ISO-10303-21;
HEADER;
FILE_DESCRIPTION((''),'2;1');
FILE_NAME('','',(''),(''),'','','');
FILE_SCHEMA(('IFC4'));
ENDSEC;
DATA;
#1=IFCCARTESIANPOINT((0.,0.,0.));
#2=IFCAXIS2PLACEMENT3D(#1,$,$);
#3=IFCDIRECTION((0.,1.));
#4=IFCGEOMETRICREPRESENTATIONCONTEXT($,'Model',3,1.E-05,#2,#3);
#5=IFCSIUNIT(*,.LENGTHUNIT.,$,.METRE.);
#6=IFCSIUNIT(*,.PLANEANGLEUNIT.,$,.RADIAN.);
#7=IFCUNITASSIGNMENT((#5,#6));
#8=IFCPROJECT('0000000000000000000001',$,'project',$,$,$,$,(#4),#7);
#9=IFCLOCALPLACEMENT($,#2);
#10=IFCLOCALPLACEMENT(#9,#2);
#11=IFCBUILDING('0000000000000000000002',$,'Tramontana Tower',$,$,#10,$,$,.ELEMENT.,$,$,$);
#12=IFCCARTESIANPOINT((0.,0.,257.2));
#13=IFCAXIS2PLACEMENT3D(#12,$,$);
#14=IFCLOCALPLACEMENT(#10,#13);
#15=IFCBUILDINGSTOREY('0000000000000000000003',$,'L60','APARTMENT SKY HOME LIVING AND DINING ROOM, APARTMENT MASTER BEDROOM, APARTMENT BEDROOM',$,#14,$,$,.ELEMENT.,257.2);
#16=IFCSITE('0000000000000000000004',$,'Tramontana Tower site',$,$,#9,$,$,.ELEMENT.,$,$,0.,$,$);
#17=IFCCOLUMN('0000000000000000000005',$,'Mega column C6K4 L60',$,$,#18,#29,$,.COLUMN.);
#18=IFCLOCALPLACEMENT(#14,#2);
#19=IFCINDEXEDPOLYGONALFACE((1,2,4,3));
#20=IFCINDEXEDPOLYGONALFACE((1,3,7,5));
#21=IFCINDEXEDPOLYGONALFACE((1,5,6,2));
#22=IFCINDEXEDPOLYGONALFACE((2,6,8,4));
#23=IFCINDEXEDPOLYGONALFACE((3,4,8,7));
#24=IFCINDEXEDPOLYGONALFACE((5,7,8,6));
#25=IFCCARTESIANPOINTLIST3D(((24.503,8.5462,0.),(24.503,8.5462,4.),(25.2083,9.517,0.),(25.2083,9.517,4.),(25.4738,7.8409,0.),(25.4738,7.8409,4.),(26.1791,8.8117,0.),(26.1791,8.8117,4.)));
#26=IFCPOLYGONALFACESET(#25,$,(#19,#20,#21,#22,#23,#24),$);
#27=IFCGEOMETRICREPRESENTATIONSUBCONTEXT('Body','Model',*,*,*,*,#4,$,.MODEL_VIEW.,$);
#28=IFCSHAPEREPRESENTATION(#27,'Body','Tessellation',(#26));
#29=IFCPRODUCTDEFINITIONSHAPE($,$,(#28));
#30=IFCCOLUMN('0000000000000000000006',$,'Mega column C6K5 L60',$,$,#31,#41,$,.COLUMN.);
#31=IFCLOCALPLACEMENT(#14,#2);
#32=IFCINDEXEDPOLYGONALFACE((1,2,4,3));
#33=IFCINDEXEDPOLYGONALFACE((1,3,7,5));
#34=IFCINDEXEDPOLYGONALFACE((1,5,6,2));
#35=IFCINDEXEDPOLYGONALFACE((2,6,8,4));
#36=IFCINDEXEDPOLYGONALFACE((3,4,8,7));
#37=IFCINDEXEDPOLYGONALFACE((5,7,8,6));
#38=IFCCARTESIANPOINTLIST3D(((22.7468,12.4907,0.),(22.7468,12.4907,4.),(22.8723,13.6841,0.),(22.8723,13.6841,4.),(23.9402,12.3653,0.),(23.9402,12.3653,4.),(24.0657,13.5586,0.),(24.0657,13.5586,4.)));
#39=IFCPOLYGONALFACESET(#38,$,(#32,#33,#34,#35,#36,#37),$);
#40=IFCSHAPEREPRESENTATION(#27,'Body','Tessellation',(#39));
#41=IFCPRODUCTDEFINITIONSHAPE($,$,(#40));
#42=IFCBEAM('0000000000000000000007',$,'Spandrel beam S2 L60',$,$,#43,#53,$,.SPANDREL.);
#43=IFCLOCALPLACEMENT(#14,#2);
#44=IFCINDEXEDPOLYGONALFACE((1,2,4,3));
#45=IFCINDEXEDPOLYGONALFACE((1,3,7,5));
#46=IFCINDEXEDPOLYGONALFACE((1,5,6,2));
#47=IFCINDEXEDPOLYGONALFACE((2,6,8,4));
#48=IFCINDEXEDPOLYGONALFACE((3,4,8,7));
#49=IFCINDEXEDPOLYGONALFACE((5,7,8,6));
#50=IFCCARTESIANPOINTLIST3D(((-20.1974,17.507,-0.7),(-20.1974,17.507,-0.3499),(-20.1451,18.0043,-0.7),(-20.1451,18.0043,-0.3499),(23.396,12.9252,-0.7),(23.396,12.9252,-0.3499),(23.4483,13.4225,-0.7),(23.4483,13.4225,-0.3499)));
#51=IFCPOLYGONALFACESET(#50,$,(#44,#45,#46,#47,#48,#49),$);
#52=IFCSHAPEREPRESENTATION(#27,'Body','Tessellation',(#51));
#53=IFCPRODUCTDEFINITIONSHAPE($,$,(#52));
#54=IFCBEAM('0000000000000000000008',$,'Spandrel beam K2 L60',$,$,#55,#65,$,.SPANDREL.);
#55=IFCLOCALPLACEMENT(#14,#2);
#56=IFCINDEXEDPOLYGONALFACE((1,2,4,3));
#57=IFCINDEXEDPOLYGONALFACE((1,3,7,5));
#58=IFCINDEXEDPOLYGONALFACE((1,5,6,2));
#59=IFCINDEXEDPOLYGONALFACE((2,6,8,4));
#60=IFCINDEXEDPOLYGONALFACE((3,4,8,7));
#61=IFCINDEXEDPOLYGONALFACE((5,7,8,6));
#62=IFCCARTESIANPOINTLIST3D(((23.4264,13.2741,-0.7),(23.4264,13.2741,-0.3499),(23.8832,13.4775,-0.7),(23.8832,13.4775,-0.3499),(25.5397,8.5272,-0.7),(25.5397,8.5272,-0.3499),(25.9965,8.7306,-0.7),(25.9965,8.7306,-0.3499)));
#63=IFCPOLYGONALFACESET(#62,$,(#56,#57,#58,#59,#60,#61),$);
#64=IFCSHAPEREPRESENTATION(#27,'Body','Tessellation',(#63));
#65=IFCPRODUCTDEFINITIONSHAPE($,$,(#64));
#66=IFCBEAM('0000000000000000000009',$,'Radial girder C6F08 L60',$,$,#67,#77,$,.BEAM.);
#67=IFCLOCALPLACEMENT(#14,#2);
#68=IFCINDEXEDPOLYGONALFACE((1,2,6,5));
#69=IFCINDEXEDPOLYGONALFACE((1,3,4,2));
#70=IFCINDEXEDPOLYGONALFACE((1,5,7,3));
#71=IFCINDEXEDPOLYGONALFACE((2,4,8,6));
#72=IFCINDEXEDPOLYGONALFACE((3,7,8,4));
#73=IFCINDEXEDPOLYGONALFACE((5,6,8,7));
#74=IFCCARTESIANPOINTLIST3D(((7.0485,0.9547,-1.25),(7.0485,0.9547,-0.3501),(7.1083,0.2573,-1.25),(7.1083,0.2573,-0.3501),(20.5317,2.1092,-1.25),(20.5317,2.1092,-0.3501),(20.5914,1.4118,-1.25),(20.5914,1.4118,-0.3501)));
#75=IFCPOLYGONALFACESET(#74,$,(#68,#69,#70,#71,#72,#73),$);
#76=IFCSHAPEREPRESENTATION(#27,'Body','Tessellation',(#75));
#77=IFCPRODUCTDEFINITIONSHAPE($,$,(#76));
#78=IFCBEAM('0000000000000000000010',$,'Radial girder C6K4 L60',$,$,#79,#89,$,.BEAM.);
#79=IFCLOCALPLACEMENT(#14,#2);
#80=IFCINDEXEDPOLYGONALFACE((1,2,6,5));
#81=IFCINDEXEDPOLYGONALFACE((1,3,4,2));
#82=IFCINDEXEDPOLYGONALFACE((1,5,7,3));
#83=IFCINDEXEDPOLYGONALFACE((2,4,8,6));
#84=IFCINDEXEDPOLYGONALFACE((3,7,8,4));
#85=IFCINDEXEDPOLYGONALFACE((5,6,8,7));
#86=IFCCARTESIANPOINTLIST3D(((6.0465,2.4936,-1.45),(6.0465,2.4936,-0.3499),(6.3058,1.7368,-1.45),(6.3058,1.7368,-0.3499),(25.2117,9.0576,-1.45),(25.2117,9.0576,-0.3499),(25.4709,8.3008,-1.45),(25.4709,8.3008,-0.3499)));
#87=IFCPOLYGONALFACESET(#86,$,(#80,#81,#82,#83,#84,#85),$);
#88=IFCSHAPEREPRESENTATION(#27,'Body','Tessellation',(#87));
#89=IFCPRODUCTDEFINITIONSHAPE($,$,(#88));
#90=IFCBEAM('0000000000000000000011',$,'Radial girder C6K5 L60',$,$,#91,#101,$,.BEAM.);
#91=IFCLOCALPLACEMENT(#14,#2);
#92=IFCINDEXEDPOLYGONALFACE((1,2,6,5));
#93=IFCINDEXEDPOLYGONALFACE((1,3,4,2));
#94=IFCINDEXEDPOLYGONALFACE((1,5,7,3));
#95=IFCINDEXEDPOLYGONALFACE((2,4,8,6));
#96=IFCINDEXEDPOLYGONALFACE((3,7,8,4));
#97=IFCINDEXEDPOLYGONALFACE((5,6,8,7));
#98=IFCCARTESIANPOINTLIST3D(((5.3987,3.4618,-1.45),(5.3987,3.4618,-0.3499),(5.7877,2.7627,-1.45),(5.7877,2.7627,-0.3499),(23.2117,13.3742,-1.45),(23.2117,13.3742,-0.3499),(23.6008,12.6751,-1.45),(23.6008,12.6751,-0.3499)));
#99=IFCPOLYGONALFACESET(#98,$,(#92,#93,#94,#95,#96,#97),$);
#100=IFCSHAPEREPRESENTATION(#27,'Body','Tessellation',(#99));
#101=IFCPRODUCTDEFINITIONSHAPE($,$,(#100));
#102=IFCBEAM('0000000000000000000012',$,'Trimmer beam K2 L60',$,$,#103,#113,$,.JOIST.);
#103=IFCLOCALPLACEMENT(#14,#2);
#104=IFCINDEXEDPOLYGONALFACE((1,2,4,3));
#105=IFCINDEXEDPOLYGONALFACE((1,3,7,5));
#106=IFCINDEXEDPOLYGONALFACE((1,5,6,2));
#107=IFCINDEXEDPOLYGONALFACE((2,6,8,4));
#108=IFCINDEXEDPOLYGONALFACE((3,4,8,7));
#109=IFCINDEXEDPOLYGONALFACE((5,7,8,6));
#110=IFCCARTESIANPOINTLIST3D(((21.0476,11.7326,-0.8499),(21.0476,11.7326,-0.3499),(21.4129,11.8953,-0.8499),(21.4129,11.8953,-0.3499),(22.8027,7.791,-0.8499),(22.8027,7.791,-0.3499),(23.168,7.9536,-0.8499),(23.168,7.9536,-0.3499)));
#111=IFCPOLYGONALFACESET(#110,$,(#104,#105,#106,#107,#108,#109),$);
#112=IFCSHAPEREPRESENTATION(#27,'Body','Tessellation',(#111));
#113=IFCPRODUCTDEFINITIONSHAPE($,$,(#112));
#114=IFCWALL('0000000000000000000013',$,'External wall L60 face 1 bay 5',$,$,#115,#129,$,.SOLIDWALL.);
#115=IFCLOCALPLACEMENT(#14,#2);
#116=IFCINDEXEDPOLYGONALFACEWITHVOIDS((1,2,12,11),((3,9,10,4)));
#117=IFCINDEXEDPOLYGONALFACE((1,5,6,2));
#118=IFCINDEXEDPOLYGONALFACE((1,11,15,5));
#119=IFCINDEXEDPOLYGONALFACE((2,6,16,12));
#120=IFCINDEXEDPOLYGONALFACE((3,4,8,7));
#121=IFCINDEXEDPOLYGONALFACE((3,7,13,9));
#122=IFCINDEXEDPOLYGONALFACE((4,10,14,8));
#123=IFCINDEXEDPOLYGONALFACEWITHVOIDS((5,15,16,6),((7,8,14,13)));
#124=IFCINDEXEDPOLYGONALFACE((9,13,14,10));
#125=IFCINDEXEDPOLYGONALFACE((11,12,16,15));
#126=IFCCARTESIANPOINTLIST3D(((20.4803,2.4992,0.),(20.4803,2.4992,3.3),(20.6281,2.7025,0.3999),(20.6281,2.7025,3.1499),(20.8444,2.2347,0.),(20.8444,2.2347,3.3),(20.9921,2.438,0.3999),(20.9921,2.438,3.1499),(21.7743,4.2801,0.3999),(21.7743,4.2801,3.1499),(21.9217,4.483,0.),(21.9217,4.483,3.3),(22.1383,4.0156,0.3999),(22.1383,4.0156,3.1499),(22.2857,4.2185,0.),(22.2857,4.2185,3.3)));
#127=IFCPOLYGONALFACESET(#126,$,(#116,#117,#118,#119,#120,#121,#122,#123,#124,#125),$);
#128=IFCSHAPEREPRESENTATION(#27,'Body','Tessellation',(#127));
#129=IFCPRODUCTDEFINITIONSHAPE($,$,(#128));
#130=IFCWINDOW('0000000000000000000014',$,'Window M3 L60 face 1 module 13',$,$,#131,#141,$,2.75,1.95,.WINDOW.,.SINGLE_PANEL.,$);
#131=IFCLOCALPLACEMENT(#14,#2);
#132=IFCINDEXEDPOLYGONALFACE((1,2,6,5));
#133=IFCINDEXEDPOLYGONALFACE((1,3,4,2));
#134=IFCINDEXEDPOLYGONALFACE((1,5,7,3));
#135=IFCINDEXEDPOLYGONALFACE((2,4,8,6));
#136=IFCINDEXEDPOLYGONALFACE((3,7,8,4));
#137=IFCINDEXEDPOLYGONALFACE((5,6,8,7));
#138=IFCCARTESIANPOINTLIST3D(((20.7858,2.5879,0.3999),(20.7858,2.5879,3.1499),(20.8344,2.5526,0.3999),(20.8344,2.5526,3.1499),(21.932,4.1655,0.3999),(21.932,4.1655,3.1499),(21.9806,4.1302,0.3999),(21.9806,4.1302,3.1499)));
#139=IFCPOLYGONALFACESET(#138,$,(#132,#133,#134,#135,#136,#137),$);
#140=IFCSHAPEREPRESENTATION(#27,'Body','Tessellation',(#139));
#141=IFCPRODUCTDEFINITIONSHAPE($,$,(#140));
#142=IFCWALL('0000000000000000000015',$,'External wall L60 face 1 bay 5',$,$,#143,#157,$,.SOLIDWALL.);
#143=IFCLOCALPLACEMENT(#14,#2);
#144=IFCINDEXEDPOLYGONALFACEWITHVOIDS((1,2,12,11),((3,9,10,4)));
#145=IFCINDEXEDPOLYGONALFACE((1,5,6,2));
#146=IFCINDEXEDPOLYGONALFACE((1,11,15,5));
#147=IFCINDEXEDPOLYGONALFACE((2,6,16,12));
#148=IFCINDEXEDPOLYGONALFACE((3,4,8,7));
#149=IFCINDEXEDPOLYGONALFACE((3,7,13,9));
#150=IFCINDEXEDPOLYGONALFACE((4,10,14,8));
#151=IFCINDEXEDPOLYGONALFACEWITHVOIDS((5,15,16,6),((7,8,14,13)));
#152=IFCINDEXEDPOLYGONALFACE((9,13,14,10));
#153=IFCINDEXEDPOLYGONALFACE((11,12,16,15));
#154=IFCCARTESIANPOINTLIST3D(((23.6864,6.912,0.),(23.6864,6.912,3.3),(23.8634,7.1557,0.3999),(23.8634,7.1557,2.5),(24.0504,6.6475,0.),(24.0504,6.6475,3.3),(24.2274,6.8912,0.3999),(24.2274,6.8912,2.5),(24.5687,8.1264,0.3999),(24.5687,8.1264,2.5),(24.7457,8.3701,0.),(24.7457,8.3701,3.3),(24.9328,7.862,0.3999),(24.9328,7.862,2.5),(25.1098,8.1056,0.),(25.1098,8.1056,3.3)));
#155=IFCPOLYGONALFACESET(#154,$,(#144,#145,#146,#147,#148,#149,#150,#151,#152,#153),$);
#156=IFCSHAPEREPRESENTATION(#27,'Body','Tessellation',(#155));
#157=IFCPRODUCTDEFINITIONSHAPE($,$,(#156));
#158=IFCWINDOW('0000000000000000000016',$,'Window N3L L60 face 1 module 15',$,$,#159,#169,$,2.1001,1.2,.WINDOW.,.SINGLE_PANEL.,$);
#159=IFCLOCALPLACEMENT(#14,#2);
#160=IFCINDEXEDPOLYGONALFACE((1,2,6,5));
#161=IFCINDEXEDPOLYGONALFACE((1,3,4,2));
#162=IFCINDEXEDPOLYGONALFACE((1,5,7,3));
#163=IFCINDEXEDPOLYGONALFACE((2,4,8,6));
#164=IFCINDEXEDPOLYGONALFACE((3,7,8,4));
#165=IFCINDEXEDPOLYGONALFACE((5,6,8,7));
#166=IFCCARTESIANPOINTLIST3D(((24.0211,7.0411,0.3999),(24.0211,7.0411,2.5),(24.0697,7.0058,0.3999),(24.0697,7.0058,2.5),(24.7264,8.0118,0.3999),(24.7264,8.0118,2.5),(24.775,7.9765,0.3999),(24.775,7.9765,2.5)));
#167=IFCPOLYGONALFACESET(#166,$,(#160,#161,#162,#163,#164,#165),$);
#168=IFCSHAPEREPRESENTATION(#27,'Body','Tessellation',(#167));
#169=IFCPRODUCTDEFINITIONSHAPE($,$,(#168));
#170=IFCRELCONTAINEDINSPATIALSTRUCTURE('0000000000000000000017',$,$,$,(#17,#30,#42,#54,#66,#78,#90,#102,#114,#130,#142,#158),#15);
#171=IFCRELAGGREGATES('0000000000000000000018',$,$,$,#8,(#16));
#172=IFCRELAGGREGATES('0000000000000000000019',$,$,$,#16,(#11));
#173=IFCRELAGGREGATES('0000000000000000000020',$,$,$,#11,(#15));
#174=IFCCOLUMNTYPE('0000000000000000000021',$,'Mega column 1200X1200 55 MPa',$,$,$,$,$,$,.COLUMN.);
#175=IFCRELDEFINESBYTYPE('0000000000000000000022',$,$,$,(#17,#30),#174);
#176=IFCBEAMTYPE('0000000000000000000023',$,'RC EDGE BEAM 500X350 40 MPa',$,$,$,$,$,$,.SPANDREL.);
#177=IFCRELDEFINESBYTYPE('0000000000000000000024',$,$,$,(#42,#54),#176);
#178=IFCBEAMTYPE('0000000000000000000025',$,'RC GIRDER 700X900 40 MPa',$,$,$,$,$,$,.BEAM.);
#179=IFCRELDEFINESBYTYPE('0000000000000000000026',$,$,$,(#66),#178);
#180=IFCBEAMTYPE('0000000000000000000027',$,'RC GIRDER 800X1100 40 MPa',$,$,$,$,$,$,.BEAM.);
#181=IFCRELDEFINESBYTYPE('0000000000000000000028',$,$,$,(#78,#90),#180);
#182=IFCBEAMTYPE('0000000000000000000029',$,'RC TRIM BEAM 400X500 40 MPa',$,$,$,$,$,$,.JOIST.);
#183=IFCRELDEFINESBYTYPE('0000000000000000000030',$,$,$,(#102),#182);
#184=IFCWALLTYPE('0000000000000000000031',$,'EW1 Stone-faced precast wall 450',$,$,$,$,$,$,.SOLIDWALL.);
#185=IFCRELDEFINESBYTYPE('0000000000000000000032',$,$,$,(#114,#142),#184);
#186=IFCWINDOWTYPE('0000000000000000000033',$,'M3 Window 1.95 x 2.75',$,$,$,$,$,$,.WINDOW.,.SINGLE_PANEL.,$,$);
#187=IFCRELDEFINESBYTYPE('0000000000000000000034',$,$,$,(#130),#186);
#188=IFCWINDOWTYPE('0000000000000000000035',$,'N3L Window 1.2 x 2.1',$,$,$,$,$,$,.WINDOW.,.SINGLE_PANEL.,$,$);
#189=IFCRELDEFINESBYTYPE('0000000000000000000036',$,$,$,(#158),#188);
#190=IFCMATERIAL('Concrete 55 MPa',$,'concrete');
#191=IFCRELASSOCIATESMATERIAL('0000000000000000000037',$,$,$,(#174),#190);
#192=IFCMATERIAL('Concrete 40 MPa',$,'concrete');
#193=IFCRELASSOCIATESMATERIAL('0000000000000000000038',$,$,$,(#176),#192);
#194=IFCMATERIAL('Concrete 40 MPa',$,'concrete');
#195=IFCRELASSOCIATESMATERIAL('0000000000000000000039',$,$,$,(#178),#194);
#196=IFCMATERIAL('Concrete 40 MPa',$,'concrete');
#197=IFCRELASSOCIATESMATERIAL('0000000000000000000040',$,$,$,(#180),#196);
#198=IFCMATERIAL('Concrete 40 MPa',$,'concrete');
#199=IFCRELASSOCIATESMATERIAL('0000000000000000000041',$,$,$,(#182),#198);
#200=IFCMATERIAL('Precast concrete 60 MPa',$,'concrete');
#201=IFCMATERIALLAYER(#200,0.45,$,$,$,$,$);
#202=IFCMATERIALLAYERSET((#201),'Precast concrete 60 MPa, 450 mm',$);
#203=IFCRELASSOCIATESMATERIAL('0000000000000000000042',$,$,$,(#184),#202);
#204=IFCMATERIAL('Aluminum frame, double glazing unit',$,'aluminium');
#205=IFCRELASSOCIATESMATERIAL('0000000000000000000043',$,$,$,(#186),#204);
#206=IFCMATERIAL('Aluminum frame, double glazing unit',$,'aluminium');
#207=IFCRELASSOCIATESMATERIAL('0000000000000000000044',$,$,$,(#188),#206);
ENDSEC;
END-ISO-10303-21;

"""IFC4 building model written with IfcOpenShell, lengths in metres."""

from ifc_helpers import new_model, si_unit, direction, frame, frame_2d, origin, origin_2d, place, context, subcontext, project, spatial, rectangle, extrude, material, layer, layer_set, material_profile, profile_set, type_object, element, fill, save


model = new_model("IFC4")

# Units and contexts
model_context = context("Model", 3, precision=1e-05, world=origin(), true_north=direction((0.0, 1.0)))
body_context = subcontext(model_context, "Body", "Model", "MODEL_VIEW")
ifc_project = project(units=[si_unit("LENGTHUNIT", "METRE"), si_unit("PLANEANGLEUNIT", "RADIAN")], contexts=[model_context])

# Site, building, storey
site_placement = place(None, origin())
site = spatial("IfcSite", under=ifc_project, at=site_placement, Name="Tramontana Tower site", CompositionType="ELEMENT", RefElevation=0.0)
building_placement = place(site_placement, origin())
building = spatial("IfcBuilding", under=site, at=building_placement, Name="Tramontana Tower", CompositionType="ELEMENT")
storey_placement = place(building_placement, frame((0.0, 0.0, 257.2)))
storey = spatial("IfcBuildingStorey", under=building, at=storey_placement, Name="L60", Description="APARTMENT SKY HOME LIVING AND DINING ROOM, APARTMENT MASTER BEDROOM, APARTMENT BEDROOM", CompositionType="ELEMENT", Elevation=257.2)

# Columns
ifc_material_1 = material(Name="Concrete 55 MPa", Category="concrete")
ifc_material_profile_1 = material_profile(ifc_material_1, rectangle(XDim=1.2, YDim=1.2, at=origin_2d()), Name="Mega column 1200X1200 55 MPa")
ifc_profile_set_1 = profile_set([ifc_material_profile_1], Name="Concrete 55 MPa")
column_type = type_object("IfcColumnType", Name="Mega column 1200X1200 55 MPa", PredefinedType="COLUMN", material=ifc_profile_set_1)
for number, where, z_axis, x_axis, name in (
    (1, (25.3411, 8.679, 0.0), (0.0, 0.0, 1.0), (0.587785, 0.809017, 0.0), "Mega column C6K4 L60"),
    (2, (23.4062, 13.0247, 0.0), (0.0, 0.0, 1.0), (-0.994522, 0.104528, 0.0), "Mega column C6K5 L60"),
):
    element("IfcColumn", number, at=place(storey_placement, frame(where, z_axis=z_axis, x_axis=x_axis)), inside=storey, type_object=column_type, Name=name, PredefinedType="COLUMN", context=body_context, shape_type="SweptSolid", body=[
        extrude(rectangle(XDim=1.2, YDim=1.2, at=origin_2d()), origin(), (0.0, 0.0, 1.0), 4.0),
    ])

# Beams
ifc_material_2 = material(Name="Concrete 40 MPa", Category="concrete")
ifc_material_profile_2 = material_profile(ifc_material_2, rectangle(XDim=0.5, YDim=0.3501, at=origin_2d()), Name="RC EDGE BEAM 500X350 40 MPa")
ifc_profile_set_2 = profile_set([ifc_material_profile_2], Name="Concrete 40 MPa")
beam_type_1 = type_object("IfcBeamType", Name="RC EDGE BEAM 500X350 40 MPa", PredefinedType="SPANDREL", material=ifc_profile_set_2)
beam_1_placement = place(storey_placement, frame((23.4221, 13.1738, -0.5249), z_axis=(-0.994522, 0.104527, 0.0), x_axis=(-0.104527, -0.994522, 0.0)))
element("IfcBeam", 3, at=beam_1_placement, inside=storey, type_object=beam_type_1, Name="Spandrel beam S2 L60", PredefinedType="SPANDREL", context=body_context, shape_type="SweptSolid", body=[
    extrude(rectangle(XDim=0.5, YDim=0.3501, at=origin_2d()), origin(), (0.0, 0.0, 1.0), 43.8335),
])
beam_2_placement = place(storey_placement, frame((25.7681, 8.6289, -0.5249), z_axis=(-0.406714, 0.913556, 0.0), x_axis=(-0.913556, -0.406714, 0.0)))
element("IfcBeam", 4, at=beam_2_placement, inside=storey, type_object=beam_type_1, Name="Spandrel beam K2 L60", PredefinedType="SPANDREL", context=body_context, shape_type="SweptSolid", body=[
    extrude(rectangle(XDim=0.5, YDim=0.3501, at=origin_2d()), origin(), (0.0, 0.0, 1.0), 5.196),
])
ifc_material_3 = material(Name="Concrete 40 MPa", Category="concrete")
ifc_material_profile_3 = material_profile(ifc_material_3, rectangle(XDim=0.7, YDim=0.8999, at=origin_2d()), Name="RC GIRDER 700X900 40 MPa")
ifc_profile_set_3 = profile_set([ifc_material_profile_3], Name="Concrete 40 MPa")
beam_type_2 = type_object("IfcBeamType", Name="RC GIRDER 700X900 40 MPa", PredefinedType="BEAM", material=ifc_profile_set_3)
beam_3_placement = place(storey_placement, frame((20.5615, 1.7605, -0.8), z_axis=(-0.996354, -0.085316, 0.0), x_axis=(0.085316, -0.996354, 0.0)))
element("IfcBeam", 5, at=beam_3_placement, inside=storey, type_object=beam_type_2, Name="Radial girder C6F08 L60", PredefinedType="BEAM", context=body_context, shape_type="SweptSolid", body=[
    extrude(rectangle(XDim=0.7, YDim=0.8999, at=origin_2d()), origin(), (0.0, 0.0, 1.0), 13.5325),
])
ifc_material_4 = material(Name="Concrete 40 MPa", Category="concrete")
ifc_material_profile_4 = material_profile(ifc_material_4, rectangle(XDim=0.8, YDim=1.1001, at=origin_2d()), Name="RC GIRDER 800X1100 40 MPa")
ifc_profile_set_4 = profile_set([ifc_material_profile_4], Name="Concrete 40 MPa")
beam_type_3 = type_object("IfcBeamType", Name="RC GIRDER 800X1100 40 MPa", PredefinedType="BEAM", material=ifc_profile_set_4)
beam_4_placement = place(storey_placement, frame((25.3413, 8.6792, -0.8999), z_axis=(-0.94605, -0.324019, 0.0), x_axis=(0.324019, -0.94605, 0.0)))
element("IfcBeam", 6, at=beam_4_placement, inside=storey, type_object=beam_type_3, Name="Radial girder C6K4 L60", PredefinedType="BEAM", context=body_context, shape_type="SweptSolid", body=[
    extrude(rectangle(XDim=0.8, YDim=1.1001, at=origin_2d()), origin(), (0.0, 0.0, 1.0), 20.2581),
])
beam_5_placement = place(storey_placement, frame((23.4062, 13.0247, -0.8999), z_axis=(-0.873819, -0.486252, 0.0), x_axis=(0.486252, -0.873819, 0.0)))
element("IfcBeam", 7, at=beam_5_placement, inside=storey, type_object=beam_type_3, Name="Radial girder C6K5 L60", PredefinedType="BEAM", context=body_context, shape_type="SweptSolid", body=[
    extrude(rectangle(XDim=0.8, YDim=1.1001, at=origin_2d()), origin(), (0.0, 0.0, 1.0), 20.3853),
])
ifc_material_5 = material(Name="Concrete 40 MPa", Category="concrete")
ifc_material_profile_5 = material_profile(ifc_material_5, rectangle(XDim=0.3999, YDim=0.5, at=origin_2d()), Name="RC TRIM BEAM 400X500 40 MPa")
ifc_profile_set_5 = profile_set([ifc_material_profile_5], Name="Concrete 40 MPa")
beam_type_4 = type_object("IfcBeamType", Name="RC TRIM BEAM 400X500 40 MPa", PredefinedType="JOIST", material=ifc_profile_set_5)
beam_6_placement = place(storey_placement, frame((22.9854, 7.8723, -0.5999), z_axis=(-0.406774, 0.913529, 0.0), x_axis=(-0.913529, -0.406774, 0.0)))
element("IfcBeam", 8, at=beam_6_placement, inside=storey, type_object=beam_type_4, Name="Trimmer beam K2 L60", PredefinedType="JOIST", context=body_context, shape_type="SweptSolid", body=[
    extrude(rectangle(XDim=0.3999, YDim=0.5, at=origin_2d()), origin(), (0.0, 0.0, 1.0), 4.3147),
])

# Walls, openings, windows
ifc_material_6 = material(Name="Precast concrete 60 MPa", Category="concrete")
ifc_layer_1 = layer(ifc_material_6, 0.45)
ifc_layer_set_1 = layer_set([ifc_layer_1], Name="Precast concrete 60 MPa, 450 mm")
wall_type_1 = type_object("IfcWallType", Name="EW1 Stone-faced precast wall 450", PredefinedType="SOLIDWALL", material=ifc_layer_set_1)
wall_1_placement = place(storey_placement, frame((20.6624, 2.3669, 0.0), z_axis=(0.0, 0.0, 1.0), x_axis=(0.587793, 0.809012, 0.0)))
wall_1 = element("IfcWall", 9, at=wall_1_placement, inside=storey, type_object=wall_type_1, Name="External wall L60 face 1 bay 5", PredefinedType="SOLIDWALL", context=body_context, shape_type="SweptSolid", body=[
    extrude(rectangle(XDim=2.4521, YDim=0.45, at=frame_2d((1.2261, 0.0))), origin(), (0.0, 0.0, 1.0), 3.3),
])
opening_1_placement = place(wall_1_placement, frame((0.2512, 0.0, 0.3999)))
opening_1 = element("IfcOpeningElement", 10, at=opening_1_placement, cuts=wall_1, PredefinedType="OPENING", context=body_context, shape_type="SweptSolid", body=[
    extrude(rectangle(XDim=1.95, YDim=2.75, at=frame_2d((0.9751, 1.375))), frame((0.0, 0.2349, 0.0), z_axis=(0.0, -1.0, 0.0), x_axis=(1.0, 0.0, 0.0)), (0.0, 0.0, 1.0), 0.47),
])
ifc_material_7 = material(Name="Aluminum frame, double glazing unit", Category="aluminium")
window_type_1 = type_object("IfcWindowType", Name="M3 Window 1.95 x 2.75", PartitioningType="SINGLE_PANEL", PredefinedType="WINDOW", material=ifc_material_7)
window_1_placement = place(opening_1_placement, origin())
window_1 = element("IfcWindow", 11, at=window_1_placement, inside=storey, type_object=window_type_1, Name="Window M3 L60 face 1 module 13", OverallHeight=2.75, OverallWidth=1.95, PartitioningType="SINGLE_PANEL", PredefinedType="WINDOW", context=body_context, shape_type="SweptSolid", body=[
    extrude(rectangle(XDim=1.95, YDim=2.75, at=frame_2d((0.9751, 1.375))), frame((0.0, 0.03, 0.0), z_axis=(0.0, -1.0, 0.0), x_axis=(1.0, 0.0, 0.0)), (0.0, 0.0, 1.0), 0.0601),
])
fill(opening_1, window_1)
wall_2_placement = place(storey_placement, frame((23.8684, 6.7798, 0.0), z_axis=(0.0, 0.0, 1.0), x_axis=(0.587793, 0.809011, 0.0)))
wall_2 = element("IfcWall", 12, at=wall_2_placement, inside=storey, type_object=wall_type_1, Name="External wall L60 face 1 bay 5", PredefinedType="SOLIDWALL", context=body_context, shape_type="SweptSolid", body=[
    extrude(rectangle(XDim=1.8022, YDim=0.45, at=frame_2d((0.9011, 0.0))), origin(), (0.0, 0.0, 1.0), 3.3),
])
opening_2_placement = place(wall_2_placement, frame((0.301, 0.0, 0.3999)))
opening_2 = element("IfcOpeningElement", 13, at=opening_2_placement, cuts=wall_2, PredefinedType="OPENING", context=body_context, shape_type="SweptSolid", body=[
    extrude(rectangle(XDim=1.2, YDim=2.1001, at=frame_2d((0.6001, 1.05))), frame((0.0, 0.2349, 0.0), z_axis=(0.0, -1.0, 0.0), x_axis=(1.0, 0.0, 0.0)), (0.0, 0.0, 1.0), 0.47),
])
ifc_material_8 = material(Name="Aluminum frame, double glazing unit", Category="aluminium")
window_type_2 = type_object("IfcWindowType", Name="N3L Window 1.2 x 2.1", PartitioningType="SINGLE_PANEL", PredefinedType="WINDOW", material=ifc_material_8)
window_2_placement = place(opening_2_placement, origin())
window_2 = element("IfcWindow", 14, at=window_2_placement, inside=storey, type_object=window_type_2, Name="Window N3L L60 face 1 module 15", OverallHeight=2.1001, OverallWidth=1.2, PartitioningType="SINGLE_PANEL", PredefinedType="WINDOW", context=body_context, shape_type="SweptSolid", body=[
    extrude(rectangle(XDim=1.2, YDim=2.1001, at=frame_2d((0.6001, 1.05))), frame((0.0, 0.03, 0.0), z_axis=(0.0, -1.0, 0.0), x_axis=(1.0, 0.0, 0.0)), (0.0, 0.0, 1.0), 0.0601),
])
fill(opening_2, window_2)

save(model, "model.ifc")
